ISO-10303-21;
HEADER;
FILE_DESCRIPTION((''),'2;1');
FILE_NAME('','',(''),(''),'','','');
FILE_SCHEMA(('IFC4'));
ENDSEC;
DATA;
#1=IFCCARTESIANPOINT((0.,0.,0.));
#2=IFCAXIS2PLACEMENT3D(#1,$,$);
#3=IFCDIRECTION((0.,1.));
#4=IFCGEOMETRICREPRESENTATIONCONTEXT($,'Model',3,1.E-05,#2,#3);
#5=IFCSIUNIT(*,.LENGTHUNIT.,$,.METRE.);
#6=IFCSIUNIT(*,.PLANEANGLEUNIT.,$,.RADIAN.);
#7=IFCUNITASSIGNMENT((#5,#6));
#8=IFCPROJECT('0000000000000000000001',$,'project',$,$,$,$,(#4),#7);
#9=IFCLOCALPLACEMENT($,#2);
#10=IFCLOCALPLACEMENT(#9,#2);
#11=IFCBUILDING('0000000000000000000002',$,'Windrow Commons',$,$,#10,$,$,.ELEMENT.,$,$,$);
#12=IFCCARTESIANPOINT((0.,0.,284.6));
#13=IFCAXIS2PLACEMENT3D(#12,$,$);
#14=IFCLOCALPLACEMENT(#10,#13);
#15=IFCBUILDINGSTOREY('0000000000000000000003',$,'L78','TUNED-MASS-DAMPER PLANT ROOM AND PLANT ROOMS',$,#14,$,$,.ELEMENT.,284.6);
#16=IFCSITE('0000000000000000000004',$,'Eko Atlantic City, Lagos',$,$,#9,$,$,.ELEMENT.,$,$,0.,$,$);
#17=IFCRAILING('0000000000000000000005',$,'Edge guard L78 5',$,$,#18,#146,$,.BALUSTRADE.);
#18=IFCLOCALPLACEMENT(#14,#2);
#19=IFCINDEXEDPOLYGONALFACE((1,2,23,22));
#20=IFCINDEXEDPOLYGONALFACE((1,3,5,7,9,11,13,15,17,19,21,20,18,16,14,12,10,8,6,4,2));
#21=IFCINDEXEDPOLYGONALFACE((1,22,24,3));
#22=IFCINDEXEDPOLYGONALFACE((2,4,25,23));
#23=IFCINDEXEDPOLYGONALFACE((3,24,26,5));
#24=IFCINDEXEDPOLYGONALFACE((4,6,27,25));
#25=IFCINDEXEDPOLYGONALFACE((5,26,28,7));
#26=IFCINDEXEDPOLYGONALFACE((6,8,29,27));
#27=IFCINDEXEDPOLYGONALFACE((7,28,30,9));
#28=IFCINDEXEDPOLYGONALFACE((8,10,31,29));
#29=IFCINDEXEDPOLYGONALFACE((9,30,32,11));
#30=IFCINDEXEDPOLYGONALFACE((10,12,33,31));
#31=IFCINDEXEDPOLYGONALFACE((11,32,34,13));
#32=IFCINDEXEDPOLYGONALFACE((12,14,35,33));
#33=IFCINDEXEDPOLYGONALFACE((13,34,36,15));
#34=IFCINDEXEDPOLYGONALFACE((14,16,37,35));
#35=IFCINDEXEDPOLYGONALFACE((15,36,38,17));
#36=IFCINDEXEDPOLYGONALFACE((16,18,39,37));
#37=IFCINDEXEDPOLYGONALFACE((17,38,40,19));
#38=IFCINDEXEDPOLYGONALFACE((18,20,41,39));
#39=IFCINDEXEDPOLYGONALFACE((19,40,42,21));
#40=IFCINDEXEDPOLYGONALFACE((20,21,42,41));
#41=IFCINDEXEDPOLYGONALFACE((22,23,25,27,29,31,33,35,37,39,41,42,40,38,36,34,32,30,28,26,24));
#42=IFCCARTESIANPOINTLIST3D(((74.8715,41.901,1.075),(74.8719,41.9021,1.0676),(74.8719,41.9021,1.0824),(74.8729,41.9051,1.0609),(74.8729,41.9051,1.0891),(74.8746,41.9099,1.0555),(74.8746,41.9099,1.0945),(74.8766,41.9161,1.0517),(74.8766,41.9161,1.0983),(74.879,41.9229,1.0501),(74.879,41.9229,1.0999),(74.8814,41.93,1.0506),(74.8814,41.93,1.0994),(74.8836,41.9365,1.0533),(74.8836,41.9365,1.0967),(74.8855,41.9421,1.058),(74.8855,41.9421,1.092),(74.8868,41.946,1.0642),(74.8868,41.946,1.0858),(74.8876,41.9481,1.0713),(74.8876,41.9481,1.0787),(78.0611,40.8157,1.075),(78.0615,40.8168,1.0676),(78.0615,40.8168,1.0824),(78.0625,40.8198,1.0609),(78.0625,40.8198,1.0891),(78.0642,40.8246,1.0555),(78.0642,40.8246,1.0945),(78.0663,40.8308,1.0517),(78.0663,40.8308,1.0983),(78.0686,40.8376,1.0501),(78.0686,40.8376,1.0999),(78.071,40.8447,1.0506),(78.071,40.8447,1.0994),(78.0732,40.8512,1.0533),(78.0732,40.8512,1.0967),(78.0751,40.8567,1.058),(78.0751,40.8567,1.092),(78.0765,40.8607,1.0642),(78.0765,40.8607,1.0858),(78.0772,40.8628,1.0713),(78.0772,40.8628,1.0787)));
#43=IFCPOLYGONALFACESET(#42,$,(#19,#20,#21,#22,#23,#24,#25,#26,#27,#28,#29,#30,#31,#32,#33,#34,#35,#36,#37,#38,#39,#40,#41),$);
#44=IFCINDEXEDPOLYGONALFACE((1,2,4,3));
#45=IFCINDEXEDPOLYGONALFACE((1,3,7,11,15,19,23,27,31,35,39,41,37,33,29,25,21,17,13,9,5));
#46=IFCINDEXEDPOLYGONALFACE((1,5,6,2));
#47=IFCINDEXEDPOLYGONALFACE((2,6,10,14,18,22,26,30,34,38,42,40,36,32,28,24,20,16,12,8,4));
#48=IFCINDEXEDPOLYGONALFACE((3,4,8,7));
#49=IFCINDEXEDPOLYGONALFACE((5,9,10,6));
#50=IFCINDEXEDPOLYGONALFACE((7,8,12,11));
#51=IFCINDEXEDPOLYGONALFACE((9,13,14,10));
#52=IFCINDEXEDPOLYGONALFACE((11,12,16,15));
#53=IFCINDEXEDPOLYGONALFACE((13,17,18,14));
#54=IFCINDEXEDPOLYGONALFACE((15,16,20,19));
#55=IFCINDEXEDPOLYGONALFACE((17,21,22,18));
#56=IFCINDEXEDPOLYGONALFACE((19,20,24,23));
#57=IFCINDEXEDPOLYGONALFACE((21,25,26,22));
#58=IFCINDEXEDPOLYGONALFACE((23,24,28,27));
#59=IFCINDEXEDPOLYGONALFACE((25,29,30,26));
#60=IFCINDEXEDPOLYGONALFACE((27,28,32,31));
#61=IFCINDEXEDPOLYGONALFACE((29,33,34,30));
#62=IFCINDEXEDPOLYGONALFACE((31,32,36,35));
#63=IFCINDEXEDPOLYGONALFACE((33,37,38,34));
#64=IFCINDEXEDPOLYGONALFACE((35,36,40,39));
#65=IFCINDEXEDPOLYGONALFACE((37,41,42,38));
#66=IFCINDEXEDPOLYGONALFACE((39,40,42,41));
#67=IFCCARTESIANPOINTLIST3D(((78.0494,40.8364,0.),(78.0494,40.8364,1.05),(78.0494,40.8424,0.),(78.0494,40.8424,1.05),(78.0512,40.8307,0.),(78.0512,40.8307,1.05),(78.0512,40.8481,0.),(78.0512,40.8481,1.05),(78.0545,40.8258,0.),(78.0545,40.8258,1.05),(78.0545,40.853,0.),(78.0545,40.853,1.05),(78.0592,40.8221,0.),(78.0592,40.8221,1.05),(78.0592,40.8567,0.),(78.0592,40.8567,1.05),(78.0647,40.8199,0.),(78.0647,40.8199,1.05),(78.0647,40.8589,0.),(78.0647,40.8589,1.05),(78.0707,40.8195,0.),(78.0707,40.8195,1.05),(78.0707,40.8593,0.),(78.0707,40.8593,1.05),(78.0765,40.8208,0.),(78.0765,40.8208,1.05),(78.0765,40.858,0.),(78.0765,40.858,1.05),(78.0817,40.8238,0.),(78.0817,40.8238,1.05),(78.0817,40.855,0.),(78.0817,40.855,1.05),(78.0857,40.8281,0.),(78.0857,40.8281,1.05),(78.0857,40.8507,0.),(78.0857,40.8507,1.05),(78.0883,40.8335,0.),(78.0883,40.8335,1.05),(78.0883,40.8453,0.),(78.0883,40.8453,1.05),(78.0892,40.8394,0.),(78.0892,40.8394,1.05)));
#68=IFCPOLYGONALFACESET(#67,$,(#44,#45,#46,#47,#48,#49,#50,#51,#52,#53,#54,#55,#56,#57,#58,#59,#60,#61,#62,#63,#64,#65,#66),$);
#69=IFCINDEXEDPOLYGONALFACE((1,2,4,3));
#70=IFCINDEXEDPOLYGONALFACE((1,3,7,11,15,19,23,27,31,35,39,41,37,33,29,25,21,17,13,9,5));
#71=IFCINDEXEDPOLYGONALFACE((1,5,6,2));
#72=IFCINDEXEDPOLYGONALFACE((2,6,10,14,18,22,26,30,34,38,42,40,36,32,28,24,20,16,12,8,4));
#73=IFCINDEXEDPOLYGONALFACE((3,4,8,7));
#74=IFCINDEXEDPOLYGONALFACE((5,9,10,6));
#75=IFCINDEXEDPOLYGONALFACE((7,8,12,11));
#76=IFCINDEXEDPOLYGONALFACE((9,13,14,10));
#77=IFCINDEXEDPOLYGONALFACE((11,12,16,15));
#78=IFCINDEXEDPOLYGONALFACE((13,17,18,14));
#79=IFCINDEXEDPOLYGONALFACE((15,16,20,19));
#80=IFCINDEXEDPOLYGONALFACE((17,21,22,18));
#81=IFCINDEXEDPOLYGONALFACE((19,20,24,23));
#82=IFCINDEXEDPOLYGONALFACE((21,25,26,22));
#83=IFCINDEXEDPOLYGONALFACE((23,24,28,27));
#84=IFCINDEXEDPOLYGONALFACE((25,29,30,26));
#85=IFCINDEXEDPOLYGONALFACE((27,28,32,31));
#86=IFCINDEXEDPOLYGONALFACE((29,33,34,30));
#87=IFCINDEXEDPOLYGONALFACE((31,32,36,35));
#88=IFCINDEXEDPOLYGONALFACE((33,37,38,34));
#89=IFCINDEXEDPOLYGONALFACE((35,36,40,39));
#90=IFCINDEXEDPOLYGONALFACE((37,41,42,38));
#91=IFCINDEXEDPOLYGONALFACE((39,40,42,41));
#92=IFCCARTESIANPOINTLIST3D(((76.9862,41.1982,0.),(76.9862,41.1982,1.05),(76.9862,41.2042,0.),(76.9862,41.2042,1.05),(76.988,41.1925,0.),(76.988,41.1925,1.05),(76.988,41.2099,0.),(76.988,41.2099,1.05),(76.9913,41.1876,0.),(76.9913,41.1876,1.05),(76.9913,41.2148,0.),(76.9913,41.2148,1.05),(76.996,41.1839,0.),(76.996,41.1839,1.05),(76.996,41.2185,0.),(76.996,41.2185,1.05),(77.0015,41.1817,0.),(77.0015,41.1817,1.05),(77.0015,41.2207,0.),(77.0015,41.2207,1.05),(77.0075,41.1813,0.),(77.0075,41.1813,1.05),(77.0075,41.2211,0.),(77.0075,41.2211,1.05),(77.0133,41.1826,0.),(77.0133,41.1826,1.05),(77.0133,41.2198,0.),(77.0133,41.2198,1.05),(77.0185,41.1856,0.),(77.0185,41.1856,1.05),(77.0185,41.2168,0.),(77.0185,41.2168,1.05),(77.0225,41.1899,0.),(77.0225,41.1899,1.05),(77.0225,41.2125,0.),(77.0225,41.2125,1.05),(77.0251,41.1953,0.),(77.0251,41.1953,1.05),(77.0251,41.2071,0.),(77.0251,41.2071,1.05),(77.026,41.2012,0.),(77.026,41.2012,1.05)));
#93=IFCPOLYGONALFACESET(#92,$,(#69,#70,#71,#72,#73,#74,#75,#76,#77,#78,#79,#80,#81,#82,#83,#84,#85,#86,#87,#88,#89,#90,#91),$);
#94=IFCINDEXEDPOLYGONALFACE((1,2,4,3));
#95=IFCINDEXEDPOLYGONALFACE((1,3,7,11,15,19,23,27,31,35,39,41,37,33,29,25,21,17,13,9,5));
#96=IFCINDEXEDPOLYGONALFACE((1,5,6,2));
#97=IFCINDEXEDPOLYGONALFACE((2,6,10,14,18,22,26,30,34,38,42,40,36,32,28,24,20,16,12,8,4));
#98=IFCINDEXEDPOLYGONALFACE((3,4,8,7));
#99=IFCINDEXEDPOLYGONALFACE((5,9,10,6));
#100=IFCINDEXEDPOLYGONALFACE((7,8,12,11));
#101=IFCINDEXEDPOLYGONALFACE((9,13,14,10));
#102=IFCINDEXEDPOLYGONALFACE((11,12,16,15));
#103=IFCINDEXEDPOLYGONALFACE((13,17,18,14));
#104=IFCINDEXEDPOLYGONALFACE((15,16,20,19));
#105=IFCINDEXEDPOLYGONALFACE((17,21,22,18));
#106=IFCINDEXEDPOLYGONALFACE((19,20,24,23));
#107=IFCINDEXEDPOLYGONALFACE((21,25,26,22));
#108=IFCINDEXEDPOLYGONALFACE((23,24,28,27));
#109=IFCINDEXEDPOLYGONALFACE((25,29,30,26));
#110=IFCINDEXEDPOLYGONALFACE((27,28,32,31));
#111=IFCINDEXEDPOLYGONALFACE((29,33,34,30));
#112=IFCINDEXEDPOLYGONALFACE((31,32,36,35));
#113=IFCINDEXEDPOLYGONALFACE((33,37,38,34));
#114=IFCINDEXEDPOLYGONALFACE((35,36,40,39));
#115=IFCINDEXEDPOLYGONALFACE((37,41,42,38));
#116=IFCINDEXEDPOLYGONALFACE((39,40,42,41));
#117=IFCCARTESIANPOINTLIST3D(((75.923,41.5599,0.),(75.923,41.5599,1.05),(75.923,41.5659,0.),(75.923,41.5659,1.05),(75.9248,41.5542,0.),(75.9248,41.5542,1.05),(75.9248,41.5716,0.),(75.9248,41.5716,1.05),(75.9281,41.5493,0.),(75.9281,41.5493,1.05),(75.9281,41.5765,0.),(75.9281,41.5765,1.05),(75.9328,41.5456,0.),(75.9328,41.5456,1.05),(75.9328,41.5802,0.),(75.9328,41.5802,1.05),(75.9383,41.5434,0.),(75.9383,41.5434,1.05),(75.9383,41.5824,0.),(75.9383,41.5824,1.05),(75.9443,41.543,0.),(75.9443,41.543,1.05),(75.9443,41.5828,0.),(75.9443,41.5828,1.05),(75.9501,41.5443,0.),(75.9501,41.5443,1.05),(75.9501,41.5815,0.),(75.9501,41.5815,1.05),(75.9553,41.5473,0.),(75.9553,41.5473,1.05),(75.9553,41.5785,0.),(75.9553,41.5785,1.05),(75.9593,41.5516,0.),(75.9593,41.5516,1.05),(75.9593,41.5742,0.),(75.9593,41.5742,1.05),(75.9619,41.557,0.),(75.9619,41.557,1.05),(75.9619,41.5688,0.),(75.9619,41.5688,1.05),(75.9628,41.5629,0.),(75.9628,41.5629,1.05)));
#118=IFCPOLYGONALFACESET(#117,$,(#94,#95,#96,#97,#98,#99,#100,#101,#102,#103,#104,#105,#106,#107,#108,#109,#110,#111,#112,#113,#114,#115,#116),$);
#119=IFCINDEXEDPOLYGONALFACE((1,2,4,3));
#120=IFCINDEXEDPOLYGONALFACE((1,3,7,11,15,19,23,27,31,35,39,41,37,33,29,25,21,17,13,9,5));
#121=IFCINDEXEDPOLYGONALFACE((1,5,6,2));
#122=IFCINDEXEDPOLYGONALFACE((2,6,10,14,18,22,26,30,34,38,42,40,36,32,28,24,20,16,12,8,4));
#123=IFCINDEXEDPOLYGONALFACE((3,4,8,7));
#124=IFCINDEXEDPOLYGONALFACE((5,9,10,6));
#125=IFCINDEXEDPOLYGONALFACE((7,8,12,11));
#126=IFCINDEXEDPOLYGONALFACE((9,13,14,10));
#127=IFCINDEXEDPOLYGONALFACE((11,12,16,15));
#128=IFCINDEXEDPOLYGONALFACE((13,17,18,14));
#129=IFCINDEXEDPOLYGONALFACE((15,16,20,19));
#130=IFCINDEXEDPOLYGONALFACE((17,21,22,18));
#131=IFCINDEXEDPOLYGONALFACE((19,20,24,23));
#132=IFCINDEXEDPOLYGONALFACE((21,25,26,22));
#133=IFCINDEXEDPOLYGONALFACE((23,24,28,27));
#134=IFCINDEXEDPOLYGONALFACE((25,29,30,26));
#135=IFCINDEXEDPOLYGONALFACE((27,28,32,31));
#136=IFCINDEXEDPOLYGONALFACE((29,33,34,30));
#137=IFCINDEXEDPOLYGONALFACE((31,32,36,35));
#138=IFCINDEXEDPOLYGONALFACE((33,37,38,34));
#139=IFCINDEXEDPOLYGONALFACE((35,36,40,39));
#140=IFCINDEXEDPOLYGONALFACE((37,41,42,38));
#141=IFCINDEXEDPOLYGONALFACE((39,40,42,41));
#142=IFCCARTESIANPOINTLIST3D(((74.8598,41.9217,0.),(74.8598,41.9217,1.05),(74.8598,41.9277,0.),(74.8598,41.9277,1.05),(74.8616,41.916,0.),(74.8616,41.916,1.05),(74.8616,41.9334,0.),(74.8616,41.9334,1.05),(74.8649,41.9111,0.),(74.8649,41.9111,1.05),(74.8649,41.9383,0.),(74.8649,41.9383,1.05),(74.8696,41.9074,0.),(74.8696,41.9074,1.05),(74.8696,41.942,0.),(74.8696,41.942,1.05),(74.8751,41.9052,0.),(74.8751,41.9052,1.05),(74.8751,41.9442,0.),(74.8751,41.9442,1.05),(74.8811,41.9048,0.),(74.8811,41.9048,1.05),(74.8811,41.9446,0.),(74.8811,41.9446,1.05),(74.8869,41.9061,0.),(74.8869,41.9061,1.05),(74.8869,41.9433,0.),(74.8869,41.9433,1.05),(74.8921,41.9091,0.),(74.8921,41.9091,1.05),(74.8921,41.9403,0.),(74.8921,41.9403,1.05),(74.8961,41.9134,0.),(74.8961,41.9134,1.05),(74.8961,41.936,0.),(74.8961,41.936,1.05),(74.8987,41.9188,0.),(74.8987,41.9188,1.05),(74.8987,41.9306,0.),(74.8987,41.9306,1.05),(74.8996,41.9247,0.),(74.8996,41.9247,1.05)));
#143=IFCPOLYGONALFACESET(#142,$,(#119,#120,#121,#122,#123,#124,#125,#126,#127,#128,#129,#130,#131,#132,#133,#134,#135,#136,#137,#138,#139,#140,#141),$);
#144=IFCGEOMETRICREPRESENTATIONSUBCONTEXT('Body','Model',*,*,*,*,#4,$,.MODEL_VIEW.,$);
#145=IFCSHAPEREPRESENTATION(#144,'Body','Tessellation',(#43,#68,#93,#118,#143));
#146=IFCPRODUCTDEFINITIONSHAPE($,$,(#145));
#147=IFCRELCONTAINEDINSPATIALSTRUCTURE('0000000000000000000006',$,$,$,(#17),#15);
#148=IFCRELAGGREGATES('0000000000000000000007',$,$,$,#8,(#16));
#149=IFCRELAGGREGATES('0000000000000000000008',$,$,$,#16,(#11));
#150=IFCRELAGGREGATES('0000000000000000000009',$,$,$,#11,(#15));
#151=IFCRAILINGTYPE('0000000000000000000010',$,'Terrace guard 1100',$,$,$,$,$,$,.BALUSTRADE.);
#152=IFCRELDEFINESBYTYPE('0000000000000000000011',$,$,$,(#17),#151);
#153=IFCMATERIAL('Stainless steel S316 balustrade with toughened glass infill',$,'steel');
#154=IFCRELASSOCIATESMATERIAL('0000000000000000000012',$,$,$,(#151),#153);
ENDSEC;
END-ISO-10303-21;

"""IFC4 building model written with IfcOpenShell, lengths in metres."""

from ifc_helpers import new_model, si_unit, direction, frame, origin, origin_2d, place, context, subcontext, project, spatial, circle, extrude, material, type_object, element, save


model = new_model("IFC4")

# Units and contexts
model_context = context("Model", 3, precision=1e-05, world=origin(), true_north=direction((0.0, 1.0)))
body_context = subcontext(model_context, "Body", "Model", "MODEL_VIEW")
ifc_project = project(units=[si_unit("LENGTHUNIT", "METRE"), si_unit("PLANEANGLEUNIT", "RADIAN")], contexts=[model_context])

# Site, building, storey
site_placement = place(None, origin())
site = spatial("IfcSite", under=ifc_project, at=site_placement, Name="Eko Atlantic City, Lagos", CompositionType="ELEMENT", RefElevation=0.0)
building_placement = place(site_placement, origin())
building = spatial("IfcBuilding", under=site, at=building_placement, Name="Windrow Commons", CompositionType="ELEMENT")
storey_placement = place(building_placement, frame((0.0, 0.0, 284.6)))
storey = spatial("IfcBuildingStorey", under=building, at=storey_placement, Name="L78", Description="TUNED-MASS-DAMPER PLANT ROOM AND PLANT ROOMS", CompositionType="ELEMENT", Elevation=284.6)

# Railing
ifc_material_1 = material(Name="Stainless steel S316 balustrade with toughened glass infill", Category="steel")
railing_type = type_object("IfcRailingType", Name="Terrace guard 1100", PredefinedType="BALUSTRADE", material=ifc_material_1)
railing_placement = place(storey_placement, frame((78.0692, 40.8394, 0.0)))
element("IfcRailing", 1, at=railing_placement, inside=storey, type_object=railing_type, Name="Edge guard L78 5", PredefinedType="BALUSTRADE", context=body_context, shape_type="SweptSolid", body=[
    extrude(circle(Radius=0.025, at=origin_2d()), frame((0.0, 0.0, 1.075), z_axis=(-0.946697, 0.322125, 0.0), x_axis=(-0.322125, -0.946697, 0.0)), (0.0, 0.0, 1.0), 3.3692),
    extrude(circle(Radius=0.02, at=origin_2d()), origin(), (0.0, 0.0, 1.0), 1.05),
    extrude(circle(Radius=0.02, at=origin_2d()), frame((-1.0632, 0.3618, 0.0)), (0.0, 0.0, 1.0), 1.05),
    extrude(circle(Radius=0.02, at=origin_2d()), frame((-2.1264, 0.7235, 0.0)), (0.0, 0.0, 1.0), 1.05),
    extrude(circle(Radius=0.02, at=origin_2d()), frame((-3.1896, 1.0853, 0.0)), (0.0, 0.0, 1.0), 1.05),
])

save(model, "model.ifc")
